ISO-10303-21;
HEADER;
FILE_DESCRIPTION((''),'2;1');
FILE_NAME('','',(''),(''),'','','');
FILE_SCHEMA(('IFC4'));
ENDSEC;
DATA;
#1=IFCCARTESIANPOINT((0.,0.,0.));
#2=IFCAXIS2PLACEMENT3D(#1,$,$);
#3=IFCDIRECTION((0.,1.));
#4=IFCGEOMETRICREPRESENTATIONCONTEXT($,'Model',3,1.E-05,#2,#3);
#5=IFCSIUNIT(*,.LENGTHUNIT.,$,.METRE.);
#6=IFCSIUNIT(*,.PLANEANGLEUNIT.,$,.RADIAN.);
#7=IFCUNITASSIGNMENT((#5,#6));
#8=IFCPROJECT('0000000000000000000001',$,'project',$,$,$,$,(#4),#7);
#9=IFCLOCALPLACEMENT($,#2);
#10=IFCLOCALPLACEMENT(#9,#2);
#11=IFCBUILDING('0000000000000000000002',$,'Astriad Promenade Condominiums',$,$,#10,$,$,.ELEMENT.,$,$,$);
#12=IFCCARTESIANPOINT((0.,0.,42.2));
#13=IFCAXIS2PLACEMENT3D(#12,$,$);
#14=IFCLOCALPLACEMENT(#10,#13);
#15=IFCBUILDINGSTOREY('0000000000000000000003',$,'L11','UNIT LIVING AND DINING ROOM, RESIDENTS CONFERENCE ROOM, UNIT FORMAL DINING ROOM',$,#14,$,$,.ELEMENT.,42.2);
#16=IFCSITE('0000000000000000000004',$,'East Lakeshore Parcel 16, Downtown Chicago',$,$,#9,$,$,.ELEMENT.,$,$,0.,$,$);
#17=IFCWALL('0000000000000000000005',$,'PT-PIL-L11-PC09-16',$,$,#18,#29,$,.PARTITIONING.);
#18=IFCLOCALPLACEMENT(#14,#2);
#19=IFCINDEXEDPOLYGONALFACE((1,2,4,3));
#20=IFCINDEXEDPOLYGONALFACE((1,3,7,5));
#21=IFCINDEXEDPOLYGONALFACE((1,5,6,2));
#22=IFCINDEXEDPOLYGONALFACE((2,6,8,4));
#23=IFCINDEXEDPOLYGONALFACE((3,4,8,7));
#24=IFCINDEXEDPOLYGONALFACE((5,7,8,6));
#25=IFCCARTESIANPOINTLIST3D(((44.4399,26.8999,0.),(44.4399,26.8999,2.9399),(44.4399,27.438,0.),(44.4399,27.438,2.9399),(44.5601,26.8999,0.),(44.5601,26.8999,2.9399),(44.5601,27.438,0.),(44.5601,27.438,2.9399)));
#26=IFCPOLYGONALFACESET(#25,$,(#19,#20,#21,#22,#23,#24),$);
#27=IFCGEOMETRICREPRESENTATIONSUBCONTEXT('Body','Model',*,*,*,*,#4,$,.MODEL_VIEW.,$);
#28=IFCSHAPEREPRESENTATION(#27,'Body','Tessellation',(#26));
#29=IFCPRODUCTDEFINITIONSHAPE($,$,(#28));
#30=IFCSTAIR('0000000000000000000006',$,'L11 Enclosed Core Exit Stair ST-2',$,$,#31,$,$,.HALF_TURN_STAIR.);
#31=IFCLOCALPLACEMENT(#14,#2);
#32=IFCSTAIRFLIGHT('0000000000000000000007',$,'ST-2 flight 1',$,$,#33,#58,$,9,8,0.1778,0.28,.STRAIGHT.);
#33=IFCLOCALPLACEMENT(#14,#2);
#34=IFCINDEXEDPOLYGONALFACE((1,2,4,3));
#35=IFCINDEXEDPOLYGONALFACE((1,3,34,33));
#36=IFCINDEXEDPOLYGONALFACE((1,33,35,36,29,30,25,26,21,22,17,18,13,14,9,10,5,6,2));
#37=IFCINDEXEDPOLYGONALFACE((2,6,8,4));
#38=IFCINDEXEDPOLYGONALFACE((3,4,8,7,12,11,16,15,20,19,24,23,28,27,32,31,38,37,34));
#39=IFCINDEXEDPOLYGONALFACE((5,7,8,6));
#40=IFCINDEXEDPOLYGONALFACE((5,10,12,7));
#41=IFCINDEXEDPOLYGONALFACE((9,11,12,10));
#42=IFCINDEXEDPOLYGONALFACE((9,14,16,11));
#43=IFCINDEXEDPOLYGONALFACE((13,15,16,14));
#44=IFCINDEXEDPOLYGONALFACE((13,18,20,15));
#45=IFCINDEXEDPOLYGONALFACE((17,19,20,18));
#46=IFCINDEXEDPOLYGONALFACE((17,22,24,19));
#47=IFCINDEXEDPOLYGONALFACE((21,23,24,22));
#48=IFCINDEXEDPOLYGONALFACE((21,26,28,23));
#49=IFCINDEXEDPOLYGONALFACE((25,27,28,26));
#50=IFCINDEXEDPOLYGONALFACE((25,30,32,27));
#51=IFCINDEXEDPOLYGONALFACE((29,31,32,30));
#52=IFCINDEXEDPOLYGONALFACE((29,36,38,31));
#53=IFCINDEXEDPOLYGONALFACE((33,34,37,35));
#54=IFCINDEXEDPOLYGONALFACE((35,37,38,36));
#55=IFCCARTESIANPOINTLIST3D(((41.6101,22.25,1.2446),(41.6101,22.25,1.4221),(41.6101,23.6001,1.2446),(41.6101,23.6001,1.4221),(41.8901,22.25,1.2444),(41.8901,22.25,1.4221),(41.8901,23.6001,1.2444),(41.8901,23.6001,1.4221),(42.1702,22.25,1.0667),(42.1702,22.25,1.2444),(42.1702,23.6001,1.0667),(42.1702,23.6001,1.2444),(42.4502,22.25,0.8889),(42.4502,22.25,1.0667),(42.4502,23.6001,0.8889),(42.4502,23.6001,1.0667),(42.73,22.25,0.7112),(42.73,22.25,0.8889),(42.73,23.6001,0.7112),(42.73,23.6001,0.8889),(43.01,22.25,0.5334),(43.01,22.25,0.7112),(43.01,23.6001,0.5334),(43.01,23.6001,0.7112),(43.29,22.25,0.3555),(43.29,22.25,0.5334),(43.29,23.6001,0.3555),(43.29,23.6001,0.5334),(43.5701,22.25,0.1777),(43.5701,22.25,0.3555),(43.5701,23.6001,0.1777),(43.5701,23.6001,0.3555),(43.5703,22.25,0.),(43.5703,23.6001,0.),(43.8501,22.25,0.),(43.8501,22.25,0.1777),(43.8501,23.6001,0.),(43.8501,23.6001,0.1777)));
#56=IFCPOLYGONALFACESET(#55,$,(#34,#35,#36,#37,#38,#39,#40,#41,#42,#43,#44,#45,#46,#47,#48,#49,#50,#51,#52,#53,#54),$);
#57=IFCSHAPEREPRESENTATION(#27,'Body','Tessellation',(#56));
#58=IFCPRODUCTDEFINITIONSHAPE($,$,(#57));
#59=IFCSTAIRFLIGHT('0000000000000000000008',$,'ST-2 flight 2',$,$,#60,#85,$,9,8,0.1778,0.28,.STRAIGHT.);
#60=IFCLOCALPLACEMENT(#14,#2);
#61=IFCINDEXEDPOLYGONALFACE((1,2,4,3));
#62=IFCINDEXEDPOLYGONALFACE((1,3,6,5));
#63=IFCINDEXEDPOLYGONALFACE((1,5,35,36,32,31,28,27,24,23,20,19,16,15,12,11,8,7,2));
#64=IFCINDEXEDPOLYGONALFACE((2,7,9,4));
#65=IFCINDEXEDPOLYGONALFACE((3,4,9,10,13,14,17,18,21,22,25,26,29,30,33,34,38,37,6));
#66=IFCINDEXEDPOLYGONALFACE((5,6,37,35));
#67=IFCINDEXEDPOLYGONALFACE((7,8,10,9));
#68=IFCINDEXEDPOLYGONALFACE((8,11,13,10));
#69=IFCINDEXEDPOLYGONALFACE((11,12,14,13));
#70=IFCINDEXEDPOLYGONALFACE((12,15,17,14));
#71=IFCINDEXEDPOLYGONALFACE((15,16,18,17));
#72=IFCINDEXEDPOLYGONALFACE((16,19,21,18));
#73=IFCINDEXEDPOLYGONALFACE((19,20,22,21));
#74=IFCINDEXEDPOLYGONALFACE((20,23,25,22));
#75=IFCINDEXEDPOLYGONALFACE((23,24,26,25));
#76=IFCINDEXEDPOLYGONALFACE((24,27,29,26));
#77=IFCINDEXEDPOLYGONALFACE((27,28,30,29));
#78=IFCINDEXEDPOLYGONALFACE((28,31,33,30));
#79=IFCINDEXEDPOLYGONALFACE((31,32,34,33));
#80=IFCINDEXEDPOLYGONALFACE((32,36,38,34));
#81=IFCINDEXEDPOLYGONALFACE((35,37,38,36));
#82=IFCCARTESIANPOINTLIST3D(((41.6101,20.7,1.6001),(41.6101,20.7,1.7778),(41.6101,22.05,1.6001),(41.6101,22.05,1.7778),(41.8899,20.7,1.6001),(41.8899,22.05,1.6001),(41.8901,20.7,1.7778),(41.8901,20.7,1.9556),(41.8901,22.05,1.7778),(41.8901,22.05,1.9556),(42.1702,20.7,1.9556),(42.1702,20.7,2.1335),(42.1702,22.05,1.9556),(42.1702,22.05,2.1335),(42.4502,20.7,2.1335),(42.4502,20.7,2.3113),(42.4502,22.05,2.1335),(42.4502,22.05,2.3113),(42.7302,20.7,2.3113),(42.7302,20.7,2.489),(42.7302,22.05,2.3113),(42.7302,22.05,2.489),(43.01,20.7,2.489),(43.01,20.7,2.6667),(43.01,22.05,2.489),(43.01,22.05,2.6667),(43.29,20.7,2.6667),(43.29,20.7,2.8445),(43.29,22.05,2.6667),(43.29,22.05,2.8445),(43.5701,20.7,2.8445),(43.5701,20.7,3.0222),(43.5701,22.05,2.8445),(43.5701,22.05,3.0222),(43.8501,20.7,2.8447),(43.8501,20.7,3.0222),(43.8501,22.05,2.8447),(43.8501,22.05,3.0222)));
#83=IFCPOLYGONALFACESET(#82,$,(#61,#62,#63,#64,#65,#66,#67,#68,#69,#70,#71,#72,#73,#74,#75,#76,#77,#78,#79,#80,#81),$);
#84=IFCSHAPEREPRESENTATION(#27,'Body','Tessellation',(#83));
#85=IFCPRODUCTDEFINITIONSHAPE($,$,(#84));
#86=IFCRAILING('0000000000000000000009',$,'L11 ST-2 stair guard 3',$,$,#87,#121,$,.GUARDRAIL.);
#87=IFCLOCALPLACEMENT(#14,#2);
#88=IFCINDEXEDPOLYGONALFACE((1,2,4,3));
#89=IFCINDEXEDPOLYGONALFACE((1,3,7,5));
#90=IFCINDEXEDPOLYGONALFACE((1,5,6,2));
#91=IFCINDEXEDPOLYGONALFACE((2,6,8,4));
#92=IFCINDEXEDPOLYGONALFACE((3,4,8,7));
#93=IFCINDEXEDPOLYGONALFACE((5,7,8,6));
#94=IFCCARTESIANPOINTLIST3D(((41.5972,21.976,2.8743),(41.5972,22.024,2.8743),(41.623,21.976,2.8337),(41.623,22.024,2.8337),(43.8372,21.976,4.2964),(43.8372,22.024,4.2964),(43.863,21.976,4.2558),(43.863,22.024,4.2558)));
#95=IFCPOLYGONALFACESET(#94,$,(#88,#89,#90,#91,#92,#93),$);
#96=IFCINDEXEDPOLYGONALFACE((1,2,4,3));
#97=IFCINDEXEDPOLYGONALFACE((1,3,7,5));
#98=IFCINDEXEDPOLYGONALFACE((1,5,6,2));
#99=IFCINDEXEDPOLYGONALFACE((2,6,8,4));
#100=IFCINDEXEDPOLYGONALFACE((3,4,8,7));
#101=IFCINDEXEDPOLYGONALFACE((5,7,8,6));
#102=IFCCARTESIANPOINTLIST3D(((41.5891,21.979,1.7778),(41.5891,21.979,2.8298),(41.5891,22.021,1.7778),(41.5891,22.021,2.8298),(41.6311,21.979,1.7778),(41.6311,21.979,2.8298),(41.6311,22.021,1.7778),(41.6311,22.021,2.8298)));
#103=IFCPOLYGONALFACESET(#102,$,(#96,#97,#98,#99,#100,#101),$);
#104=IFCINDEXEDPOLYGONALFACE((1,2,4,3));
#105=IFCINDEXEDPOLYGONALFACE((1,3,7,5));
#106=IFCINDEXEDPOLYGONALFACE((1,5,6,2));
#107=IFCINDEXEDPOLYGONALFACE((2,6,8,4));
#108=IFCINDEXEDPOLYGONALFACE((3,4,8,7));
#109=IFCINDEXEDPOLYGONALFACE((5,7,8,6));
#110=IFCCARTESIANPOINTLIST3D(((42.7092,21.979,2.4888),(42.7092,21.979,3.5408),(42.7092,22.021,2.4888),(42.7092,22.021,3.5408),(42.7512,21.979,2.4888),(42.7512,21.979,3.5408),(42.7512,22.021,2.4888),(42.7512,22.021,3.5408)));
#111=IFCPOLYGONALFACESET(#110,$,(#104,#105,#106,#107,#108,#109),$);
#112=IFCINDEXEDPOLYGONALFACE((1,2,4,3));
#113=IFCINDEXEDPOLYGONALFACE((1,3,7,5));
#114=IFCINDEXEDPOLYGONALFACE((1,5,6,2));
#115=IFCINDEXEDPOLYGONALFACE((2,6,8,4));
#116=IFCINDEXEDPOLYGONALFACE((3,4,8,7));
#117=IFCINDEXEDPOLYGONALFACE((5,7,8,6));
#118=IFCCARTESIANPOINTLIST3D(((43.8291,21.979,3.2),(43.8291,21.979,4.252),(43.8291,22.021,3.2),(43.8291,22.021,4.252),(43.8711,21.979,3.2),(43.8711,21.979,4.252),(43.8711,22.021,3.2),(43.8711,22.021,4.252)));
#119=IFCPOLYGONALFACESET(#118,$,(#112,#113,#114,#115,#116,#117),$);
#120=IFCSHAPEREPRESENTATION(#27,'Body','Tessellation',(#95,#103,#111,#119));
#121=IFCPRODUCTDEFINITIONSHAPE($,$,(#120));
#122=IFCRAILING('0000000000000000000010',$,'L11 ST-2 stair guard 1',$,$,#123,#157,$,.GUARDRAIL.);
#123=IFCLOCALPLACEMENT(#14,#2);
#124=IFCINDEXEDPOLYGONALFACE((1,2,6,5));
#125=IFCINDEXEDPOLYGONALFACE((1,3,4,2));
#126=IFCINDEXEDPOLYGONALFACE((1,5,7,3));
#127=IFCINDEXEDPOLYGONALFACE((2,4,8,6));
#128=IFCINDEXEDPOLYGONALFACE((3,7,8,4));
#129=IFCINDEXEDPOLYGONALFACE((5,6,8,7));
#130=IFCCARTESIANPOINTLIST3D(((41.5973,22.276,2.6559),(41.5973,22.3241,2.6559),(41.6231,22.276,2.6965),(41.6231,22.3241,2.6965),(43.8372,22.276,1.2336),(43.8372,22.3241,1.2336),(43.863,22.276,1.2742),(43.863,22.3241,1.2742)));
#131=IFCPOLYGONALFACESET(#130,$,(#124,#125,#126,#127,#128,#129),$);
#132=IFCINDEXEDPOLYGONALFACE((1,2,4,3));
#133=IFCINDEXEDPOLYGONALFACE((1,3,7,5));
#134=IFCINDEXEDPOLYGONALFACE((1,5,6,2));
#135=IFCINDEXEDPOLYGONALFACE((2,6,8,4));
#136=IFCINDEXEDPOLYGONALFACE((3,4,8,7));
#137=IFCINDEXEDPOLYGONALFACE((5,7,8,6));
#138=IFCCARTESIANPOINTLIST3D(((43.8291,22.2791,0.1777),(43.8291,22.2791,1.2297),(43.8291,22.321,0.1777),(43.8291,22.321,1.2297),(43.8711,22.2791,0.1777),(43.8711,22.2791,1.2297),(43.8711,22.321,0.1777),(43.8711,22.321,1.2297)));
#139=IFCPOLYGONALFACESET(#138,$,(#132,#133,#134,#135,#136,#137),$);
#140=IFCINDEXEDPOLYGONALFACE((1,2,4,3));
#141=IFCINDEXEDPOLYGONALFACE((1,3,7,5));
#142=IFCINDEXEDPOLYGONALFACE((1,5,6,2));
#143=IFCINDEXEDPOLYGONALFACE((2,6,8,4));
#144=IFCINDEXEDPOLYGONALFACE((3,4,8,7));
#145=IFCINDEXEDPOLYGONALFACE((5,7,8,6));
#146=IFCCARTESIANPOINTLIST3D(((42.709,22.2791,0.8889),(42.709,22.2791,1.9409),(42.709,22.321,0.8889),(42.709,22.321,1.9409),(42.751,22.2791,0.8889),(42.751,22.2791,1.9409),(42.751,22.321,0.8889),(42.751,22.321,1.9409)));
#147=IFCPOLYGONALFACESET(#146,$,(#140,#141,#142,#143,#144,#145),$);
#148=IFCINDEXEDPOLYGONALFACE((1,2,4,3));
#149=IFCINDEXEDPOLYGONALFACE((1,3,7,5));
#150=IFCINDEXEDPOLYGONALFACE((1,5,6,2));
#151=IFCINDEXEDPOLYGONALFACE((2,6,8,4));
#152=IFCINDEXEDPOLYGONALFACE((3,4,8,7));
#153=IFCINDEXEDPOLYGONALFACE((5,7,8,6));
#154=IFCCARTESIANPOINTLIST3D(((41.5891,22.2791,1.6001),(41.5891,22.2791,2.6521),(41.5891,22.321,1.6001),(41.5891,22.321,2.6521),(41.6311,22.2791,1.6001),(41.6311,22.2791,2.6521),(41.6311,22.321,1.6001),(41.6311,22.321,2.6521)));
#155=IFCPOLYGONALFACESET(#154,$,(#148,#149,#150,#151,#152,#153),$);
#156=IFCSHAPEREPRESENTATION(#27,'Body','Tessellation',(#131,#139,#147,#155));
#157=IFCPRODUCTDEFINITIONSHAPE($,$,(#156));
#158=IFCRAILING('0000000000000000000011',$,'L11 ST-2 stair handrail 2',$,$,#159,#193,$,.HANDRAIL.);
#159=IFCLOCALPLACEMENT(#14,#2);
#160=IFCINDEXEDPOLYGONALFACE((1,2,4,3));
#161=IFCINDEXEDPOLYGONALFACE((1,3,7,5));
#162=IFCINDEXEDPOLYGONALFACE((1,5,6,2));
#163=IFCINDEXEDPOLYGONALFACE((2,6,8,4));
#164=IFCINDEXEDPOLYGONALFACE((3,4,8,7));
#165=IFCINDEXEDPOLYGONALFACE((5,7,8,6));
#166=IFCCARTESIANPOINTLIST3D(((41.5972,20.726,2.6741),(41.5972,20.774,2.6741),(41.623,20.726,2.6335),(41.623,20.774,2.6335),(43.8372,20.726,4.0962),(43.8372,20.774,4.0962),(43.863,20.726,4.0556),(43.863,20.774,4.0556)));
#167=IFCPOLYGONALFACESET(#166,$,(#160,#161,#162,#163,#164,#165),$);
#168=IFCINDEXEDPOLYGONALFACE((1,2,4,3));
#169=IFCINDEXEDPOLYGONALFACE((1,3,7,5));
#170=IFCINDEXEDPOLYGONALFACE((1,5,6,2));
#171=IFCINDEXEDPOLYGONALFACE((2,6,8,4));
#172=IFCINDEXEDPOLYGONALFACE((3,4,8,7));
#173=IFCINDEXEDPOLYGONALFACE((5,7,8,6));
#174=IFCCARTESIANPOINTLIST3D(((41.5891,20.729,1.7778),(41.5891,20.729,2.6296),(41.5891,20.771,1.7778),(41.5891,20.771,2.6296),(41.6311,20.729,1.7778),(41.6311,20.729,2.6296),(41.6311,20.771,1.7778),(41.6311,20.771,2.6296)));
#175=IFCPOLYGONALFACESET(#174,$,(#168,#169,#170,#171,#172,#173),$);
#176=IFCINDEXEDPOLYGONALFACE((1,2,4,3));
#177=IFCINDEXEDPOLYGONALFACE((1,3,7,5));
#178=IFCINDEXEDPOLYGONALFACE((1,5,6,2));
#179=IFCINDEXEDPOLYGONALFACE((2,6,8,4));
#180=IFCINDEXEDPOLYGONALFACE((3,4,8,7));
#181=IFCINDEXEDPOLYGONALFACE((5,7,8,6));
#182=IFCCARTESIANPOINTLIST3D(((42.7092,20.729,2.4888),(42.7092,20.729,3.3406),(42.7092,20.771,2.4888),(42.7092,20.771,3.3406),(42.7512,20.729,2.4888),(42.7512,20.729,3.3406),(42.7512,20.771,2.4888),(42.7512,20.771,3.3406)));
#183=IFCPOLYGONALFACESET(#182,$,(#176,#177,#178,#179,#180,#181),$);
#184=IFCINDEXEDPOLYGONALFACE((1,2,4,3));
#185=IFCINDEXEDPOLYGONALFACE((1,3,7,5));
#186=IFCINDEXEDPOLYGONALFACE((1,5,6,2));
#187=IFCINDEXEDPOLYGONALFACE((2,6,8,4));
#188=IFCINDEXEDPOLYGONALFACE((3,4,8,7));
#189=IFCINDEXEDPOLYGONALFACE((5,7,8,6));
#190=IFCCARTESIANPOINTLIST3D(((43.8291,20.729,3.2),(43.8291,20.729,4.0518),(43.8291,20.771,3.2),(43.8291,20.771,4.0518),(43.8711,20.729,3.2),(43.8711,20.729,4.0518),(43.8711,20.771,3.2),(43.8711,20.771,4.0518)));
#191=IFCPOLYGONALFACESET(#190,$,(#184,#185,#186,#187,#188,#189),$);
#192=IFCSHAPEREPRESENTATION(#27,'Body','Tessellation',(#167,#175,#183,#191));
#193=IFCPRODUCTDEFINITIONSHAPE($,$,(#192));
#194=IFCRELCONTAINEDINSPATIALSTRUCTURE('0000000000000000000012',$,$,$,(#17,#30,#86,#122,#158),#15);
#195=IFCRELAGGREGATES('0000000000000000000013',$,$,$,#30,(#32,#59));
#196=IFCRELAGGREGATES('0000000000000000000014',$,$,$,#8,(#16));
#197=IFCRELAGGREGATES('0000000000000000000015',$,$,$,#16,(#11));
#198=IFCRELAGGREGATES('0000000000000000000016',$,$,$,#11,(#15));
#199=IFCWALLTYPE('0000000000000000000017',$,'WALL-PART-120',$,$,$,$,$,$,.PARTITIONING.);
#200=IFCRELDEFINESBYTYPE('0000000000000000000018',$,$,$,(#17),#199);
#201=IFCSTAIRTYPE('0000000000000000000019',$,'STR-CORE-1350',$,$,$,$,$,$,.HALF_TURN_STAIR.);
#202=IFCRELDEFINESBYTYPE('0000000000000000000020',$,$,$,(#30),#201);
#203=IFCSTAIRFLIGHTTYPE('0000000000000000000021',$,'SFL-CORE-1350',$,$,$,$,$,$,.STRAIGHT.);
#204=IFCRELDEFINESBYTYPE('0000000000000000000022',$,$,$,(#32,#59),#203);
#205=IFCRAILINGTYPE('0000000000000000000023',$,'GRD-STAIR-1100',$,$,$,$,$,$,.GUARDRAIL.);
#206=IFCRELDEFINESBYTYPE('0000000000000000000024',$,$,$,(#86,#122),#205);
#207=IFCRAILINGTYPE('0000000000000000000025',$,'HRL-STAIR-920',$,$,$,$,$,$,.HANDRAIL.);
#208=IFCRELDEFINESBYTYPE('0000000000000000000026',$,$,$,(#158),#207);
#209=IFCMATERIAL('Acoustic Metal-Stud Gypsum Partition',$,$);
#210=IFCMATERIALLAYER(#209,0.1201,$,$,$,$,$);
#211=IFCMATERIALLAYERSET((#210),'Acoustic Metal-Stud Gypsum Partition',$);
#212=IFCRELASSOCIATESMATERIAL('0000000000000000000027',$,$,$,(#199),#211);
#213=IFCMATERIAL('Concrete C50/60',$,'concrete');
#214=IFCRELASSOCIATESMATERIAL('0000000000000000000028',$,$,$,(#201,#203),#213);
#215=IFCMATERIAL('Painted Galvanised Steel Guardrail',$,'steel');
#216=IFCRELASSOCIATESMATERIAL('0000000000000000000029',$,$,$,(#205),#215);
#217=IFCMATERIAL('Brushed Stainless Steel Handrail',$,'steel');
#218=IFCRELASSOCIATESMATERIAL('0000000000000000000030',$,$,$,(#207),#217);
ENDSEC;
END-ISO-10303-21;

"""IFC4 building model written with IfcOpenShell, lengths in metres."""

from ifc_helpers import new_model, si_unit, direction, frame, frame_2d, origin, origin_2d, place, context, subcontext, project, spatial, polyline, rectangle, outline, extrude, source, transform, mapped, material, layer, layer_set, type_object, type_shapes, element, aggregate, save


model = new_model("IFC4")

# Units and contexts
model_context = context("Model", 3, precision=1e-05, world=origin(), true_north=direction((0.0, 1.0)))
body_context = subcontext(model_context, "Body", "Model", "MODEL_VIEW")
ifc_project = project(units=[si_unit("LENGTHUNIT", "METRE"), si_unit("PLANEANGLEUNIT", "RADIAN")], contexts=[model_context])

# Site, building, storey
site_placement = place(None, origin())
site = spatial("IfcSite", under=ifc_project, at=site_placement, Name="East Lakeshore Parcel 16, Downtown Chicago", CompositionType="ELEMENT", RefElevation=0.0)
building_placement = place(site_placement, origin())
building = spatial("IfcBuilding", under=site, at=building_placement, Name="Astriad Promenade Condominiums", CompositionType="ELEMENT")
storey_placement = place(building_placement, frame((0.0, 0.0, 42.2)))
storey = spatial("IfcBuildingStorey", under=building, at=storey_placement, Name="L11", Description="UNIT LIVING AND DINING ROOM, RESIDENTS CONFERENCE ROOM, UNIT FORMAL DINING ROOM", CompositionType="ELEMENT", Elevation=42.2)

# Shared definitions
ifc_material_1 = material(Name="Concrete C50/60", Category="concrete")

# Wall
ifc_material_2 = material(Name="Acoustic Metal-Stud Gypsum Partition")
ifc_layer_1 = layer(ifc_material_2, 0.1201)
ifc_layer_set_1 = layer_set([ifc_layer_1], Name="Acoustic Metal-Stud Gypsum Partition")
wall_type_1 = type_object("IfcWallType", Name="WALL-PART-120", PredefinedType="PARTITIONING", material=ifc_layer_set_1)
wall_1_placement = place(storey_placement, frame((44.5, 26.8999, 0.0), z_axis=(0.0, 0.0, 1.0), x_axis=(0.0, 1.0, 0.0)))
element("IfcWall", 1, at=wall_1_placement, inside=storey, type_object=wall_type_1, Name="PT-PIL-L11-PC09-16", PredefinedType="PARTITIONING", context=body_context, shape_type="SweptSolid", body=[
    extrude(rectangle(XDim=0.5381, YDim=0.1201, at=frame_2d((0.269, 0.0))), origin(), (0.0, 0.0, 1.0), 2.9399),
])

# Stair, stair flights
stair_type = type_object("IfcStairType", Name="STR-CORE-1350", PredefinedType="HALF_TURN_STAIR", material=ifc_material_1)
stair_placement = place(storey_placement, origin())
stair = element("IfcStair", 2, at=stair_placement, inside=storey, type_object=stair_type, Name="L11 Enclosed Core Exit Stair ST-2", PredefinedType="HALF_TURN_STAIR")
stair_flight_type = type_object("IfcStairFlightType", Name="SFL-CORE-1350", PredefinedType="STRAIGHT", material=ifc_material_1)
shared_shape_1 = source(origin(), body_context, "Body", "SweptSolid", [
    extrude(outline(polyline([(0.0, 0.0), (0.0, 0.1777), (0.28, 0.1777), (0.28, 0.3555), (0.5601, 0.3555), (0.5601, 0.5334), (0.8401, 0.5334), (0.8401, 0.7112), (1.1201, 0.7112), (1.1201, 0.8889), (1.3999, 0.8889), (1.3999, 1.0667), (1.6799, 1.0667), (1.6799, 1.2444), (1.96, 1.2444), (1.96, 1.4221), (2.24, 1.4221), (2.24, 1.6001), (2.24, 1.2446), (0.2798, 0.0), (0.0, 0.0)])), frame((0.0, 0.675, 0.0), z_axis=(0.0, -1.0, 0.0), x_axis=(1.0, 0.0, 0.0)), (0.0, 0.0, 1.0), 1.3501),
])
type_shapes(stair_flight_type, [shared_shape_1])
stair_flight_1_placement = place(storey_placement, frame((43.8501, 22.925, 0.0), z_axis=(0.0, 0.0, 1.0), x_axis=(-1.0, 0.0, 0.0)))
stair_flight_1 = element("IfcStairFlight", 3, at=stair_flight_1_placement, type_object=stair_flight_type, Name="ST-2 flight 1", NumberOfRisers=9, NumberOfTreads=8, PredefinedType="STRAIGHT", RiserHeight=0.1778, TreadLength=0.28, context=body_context, shape_type="MappedRepresentation", body=[
    mapped(shared_shape_1, transform((0.0, 0.0, 0.0), scale=1.0)),
])
stair_flight_2_placement = place(storey_placement, frame((41.6101, 21.375, 1.6001), z_axis=(0.0, 0.0, 1.0), x_axis=(1.0, 0.0, 0.0)))
stair_flight_2 = element("IfcStairFlight", 4, at=stair_flight_2_placement, type_object=stair_flight_type, Name="ST-2 flight 2", NumberOfRisers=9, NumberOfTreads=8, PredefinedType="STRAIGHT", RiserHeight=0.1778, TreadLength=0.28, context=body_context, shape_type="MappedRepresentation", body=[
    mapped(shared_shape_1, transform((0.0, 0.0, 0.0), scale=1.0)),
])
aggregate(stair, [stair_flight_1, stair_flight_2])

# Railings
ifc_material_3 = material(Name="Painted Galvanised Steel Guardrail", Category="steel")
railing_type_1 = type_object("IfcRailingType", Name="GRD-STAIR-1100", PredefinedType="GUARDRAIL", material=ifc_material_3)
shared_shape_2 = source(origin(), body_context, "Body", "SweptSolid", [
    extrude(rectangle(XDim=0.0481, YDim=0.0481, at=origin_2d()), frame((0.0, 0.0, 1.0762), z_axis=(0.844229, 0.0, 0.535982), x_axis=(0.0, 1.0, 0.0)), (0.0, 0.0, 1.0), 2.6533),
    extrude(rectangle(XDim=0.042, YDim=0.042, at=origin_2d()), origin(), (0.0, 0.0, 1.0), 1.052),
    extrude(rectangle(XDim=0.042, YDim=0.042, at=origin_2d()), frame((1.1201, 0.0, 0.7109)), (0.0, 0.0, 1.0), 1.052),
    extrude(rectangle(XDim=0.042, YDim=0.042, at=origin_2d()), frame((2.24, 0.0, 1.4221)), (0.0, 0.0, 1.0), 1.052),
])
railing_1_placement = place(storey_placement, frame((41.6101, 22.0, 1.7778)))
element("IfcRailing", 5, at=railing_1_placement, inside=storey, type_object=railing_type_1, Name="L11 ST-2 stair guard 3", PredefinedType="GUARDRAIL", context=body_context, shape_type="MappedRepresentation", body=[
    mapped(shared_shape_2, transform((0.0, 0.0, 0.0), scale=1.0)),
])
shared_shape_3 = source(origin(), body_context, "Body", "SweptSolid", [
    extrude(rectangle(XDim=0.0481, YDim=0.0481, at=origin_2d()), frame((0.0, 0.0, 1.0762), z_axis=(-0.844188, 0.0, 0.536048), x_axis=(0.0, -1.0, 0.0)), (0.0, 0.0, 1.0), 2.6533),
    extrude(rectangle(XDim=0.042, YDim=0.042, at=origin_2d()), origin(), (0.0, 0.0, 1.0), 1.052),
    extrude(rectangle(XDim=0.042, YDim=0.042, at=origin_2d()), frame((-1.1201, 0.0, 0.7112)), (0.0, 0.0, 1.0), 1.052),
    extrude(rectangle(XDim=0.042, YDim=0.042, at=origin_2d()), frame((-2.24, 0.0, 1.4224)), (0.0, 0.0, 1.0), 1.052),
])
railing_2_placement = place(storey_placement, frame((43.8501, 22.3, 0.1777)))
element("IfcRailing", 6, at=railing_2_placement, inside=storey, type_object=railing_type_1, Name="L11 ST-2 stair guard 1", PredefinedType="GUARDRAIL", context=body_context, shape_type="MappedRepresentation", body=[
    mapped(shared_shape_3, transform((0.0, 0.0, 0.0), scale=1.0)),
])
ifc_material_4 = material(Name="Brushed Stainless Steel Handrail", Category="steel")
railing_type_2 = type_object("IfcRailingType", Name="HRL-STAIR-920", PredefinedType="HANDRAIL", material=ifc_material_4)
shared_shape_4 = source(origin(), body_context, "Body", "SweptSolid", [
    extrude(rectangle(XDim=0.0481, YDim=0.0481, at=origin_2d()), frame((0.0, 0.0, 0.876), z_axis=(0.844229, 0.0, 0.535982), x_axis=(0.0, 1.0, 0.0)), (0.0, 0.0, 1.0), 2.6533),
    extrude(rectangle(XDim=0.042, YDim=0.042, at=origin_2d()), origin(), (0.0, 0.0, 1.0), 0.8518),
    extrude(rectangle(XDim=0.042, YDim=0.042, at=origin_2d()), frame((1.1201, 0.0, 0.7109)), (0.0, 0.0, 1.0), 0.8518),
    extrude(rectangle(XDim=0.042, YDim=0.042, at=origin_2d()), frame((2.24, 0.0, 1.4221)), (0.0, 0.0, 1.0), 0.8518),
])
railing_3_placement = place(storey_placement, frame((41.6101, 20.75, 1.7778)))
element("IfcRailing", 7, at=railing_3_placement, inside=storey, type_object=railing_type_2, Name="L11 ST-2 stair handrail 2", PredefinedType="HANDRAIL", context=body_context, shape_type="MappedRepresentation", body=[
    mapped(shared_shape_4, transform((0.0, 0.0, 0.0), scale=1.0)),
])

save(model, "model.ifc")
